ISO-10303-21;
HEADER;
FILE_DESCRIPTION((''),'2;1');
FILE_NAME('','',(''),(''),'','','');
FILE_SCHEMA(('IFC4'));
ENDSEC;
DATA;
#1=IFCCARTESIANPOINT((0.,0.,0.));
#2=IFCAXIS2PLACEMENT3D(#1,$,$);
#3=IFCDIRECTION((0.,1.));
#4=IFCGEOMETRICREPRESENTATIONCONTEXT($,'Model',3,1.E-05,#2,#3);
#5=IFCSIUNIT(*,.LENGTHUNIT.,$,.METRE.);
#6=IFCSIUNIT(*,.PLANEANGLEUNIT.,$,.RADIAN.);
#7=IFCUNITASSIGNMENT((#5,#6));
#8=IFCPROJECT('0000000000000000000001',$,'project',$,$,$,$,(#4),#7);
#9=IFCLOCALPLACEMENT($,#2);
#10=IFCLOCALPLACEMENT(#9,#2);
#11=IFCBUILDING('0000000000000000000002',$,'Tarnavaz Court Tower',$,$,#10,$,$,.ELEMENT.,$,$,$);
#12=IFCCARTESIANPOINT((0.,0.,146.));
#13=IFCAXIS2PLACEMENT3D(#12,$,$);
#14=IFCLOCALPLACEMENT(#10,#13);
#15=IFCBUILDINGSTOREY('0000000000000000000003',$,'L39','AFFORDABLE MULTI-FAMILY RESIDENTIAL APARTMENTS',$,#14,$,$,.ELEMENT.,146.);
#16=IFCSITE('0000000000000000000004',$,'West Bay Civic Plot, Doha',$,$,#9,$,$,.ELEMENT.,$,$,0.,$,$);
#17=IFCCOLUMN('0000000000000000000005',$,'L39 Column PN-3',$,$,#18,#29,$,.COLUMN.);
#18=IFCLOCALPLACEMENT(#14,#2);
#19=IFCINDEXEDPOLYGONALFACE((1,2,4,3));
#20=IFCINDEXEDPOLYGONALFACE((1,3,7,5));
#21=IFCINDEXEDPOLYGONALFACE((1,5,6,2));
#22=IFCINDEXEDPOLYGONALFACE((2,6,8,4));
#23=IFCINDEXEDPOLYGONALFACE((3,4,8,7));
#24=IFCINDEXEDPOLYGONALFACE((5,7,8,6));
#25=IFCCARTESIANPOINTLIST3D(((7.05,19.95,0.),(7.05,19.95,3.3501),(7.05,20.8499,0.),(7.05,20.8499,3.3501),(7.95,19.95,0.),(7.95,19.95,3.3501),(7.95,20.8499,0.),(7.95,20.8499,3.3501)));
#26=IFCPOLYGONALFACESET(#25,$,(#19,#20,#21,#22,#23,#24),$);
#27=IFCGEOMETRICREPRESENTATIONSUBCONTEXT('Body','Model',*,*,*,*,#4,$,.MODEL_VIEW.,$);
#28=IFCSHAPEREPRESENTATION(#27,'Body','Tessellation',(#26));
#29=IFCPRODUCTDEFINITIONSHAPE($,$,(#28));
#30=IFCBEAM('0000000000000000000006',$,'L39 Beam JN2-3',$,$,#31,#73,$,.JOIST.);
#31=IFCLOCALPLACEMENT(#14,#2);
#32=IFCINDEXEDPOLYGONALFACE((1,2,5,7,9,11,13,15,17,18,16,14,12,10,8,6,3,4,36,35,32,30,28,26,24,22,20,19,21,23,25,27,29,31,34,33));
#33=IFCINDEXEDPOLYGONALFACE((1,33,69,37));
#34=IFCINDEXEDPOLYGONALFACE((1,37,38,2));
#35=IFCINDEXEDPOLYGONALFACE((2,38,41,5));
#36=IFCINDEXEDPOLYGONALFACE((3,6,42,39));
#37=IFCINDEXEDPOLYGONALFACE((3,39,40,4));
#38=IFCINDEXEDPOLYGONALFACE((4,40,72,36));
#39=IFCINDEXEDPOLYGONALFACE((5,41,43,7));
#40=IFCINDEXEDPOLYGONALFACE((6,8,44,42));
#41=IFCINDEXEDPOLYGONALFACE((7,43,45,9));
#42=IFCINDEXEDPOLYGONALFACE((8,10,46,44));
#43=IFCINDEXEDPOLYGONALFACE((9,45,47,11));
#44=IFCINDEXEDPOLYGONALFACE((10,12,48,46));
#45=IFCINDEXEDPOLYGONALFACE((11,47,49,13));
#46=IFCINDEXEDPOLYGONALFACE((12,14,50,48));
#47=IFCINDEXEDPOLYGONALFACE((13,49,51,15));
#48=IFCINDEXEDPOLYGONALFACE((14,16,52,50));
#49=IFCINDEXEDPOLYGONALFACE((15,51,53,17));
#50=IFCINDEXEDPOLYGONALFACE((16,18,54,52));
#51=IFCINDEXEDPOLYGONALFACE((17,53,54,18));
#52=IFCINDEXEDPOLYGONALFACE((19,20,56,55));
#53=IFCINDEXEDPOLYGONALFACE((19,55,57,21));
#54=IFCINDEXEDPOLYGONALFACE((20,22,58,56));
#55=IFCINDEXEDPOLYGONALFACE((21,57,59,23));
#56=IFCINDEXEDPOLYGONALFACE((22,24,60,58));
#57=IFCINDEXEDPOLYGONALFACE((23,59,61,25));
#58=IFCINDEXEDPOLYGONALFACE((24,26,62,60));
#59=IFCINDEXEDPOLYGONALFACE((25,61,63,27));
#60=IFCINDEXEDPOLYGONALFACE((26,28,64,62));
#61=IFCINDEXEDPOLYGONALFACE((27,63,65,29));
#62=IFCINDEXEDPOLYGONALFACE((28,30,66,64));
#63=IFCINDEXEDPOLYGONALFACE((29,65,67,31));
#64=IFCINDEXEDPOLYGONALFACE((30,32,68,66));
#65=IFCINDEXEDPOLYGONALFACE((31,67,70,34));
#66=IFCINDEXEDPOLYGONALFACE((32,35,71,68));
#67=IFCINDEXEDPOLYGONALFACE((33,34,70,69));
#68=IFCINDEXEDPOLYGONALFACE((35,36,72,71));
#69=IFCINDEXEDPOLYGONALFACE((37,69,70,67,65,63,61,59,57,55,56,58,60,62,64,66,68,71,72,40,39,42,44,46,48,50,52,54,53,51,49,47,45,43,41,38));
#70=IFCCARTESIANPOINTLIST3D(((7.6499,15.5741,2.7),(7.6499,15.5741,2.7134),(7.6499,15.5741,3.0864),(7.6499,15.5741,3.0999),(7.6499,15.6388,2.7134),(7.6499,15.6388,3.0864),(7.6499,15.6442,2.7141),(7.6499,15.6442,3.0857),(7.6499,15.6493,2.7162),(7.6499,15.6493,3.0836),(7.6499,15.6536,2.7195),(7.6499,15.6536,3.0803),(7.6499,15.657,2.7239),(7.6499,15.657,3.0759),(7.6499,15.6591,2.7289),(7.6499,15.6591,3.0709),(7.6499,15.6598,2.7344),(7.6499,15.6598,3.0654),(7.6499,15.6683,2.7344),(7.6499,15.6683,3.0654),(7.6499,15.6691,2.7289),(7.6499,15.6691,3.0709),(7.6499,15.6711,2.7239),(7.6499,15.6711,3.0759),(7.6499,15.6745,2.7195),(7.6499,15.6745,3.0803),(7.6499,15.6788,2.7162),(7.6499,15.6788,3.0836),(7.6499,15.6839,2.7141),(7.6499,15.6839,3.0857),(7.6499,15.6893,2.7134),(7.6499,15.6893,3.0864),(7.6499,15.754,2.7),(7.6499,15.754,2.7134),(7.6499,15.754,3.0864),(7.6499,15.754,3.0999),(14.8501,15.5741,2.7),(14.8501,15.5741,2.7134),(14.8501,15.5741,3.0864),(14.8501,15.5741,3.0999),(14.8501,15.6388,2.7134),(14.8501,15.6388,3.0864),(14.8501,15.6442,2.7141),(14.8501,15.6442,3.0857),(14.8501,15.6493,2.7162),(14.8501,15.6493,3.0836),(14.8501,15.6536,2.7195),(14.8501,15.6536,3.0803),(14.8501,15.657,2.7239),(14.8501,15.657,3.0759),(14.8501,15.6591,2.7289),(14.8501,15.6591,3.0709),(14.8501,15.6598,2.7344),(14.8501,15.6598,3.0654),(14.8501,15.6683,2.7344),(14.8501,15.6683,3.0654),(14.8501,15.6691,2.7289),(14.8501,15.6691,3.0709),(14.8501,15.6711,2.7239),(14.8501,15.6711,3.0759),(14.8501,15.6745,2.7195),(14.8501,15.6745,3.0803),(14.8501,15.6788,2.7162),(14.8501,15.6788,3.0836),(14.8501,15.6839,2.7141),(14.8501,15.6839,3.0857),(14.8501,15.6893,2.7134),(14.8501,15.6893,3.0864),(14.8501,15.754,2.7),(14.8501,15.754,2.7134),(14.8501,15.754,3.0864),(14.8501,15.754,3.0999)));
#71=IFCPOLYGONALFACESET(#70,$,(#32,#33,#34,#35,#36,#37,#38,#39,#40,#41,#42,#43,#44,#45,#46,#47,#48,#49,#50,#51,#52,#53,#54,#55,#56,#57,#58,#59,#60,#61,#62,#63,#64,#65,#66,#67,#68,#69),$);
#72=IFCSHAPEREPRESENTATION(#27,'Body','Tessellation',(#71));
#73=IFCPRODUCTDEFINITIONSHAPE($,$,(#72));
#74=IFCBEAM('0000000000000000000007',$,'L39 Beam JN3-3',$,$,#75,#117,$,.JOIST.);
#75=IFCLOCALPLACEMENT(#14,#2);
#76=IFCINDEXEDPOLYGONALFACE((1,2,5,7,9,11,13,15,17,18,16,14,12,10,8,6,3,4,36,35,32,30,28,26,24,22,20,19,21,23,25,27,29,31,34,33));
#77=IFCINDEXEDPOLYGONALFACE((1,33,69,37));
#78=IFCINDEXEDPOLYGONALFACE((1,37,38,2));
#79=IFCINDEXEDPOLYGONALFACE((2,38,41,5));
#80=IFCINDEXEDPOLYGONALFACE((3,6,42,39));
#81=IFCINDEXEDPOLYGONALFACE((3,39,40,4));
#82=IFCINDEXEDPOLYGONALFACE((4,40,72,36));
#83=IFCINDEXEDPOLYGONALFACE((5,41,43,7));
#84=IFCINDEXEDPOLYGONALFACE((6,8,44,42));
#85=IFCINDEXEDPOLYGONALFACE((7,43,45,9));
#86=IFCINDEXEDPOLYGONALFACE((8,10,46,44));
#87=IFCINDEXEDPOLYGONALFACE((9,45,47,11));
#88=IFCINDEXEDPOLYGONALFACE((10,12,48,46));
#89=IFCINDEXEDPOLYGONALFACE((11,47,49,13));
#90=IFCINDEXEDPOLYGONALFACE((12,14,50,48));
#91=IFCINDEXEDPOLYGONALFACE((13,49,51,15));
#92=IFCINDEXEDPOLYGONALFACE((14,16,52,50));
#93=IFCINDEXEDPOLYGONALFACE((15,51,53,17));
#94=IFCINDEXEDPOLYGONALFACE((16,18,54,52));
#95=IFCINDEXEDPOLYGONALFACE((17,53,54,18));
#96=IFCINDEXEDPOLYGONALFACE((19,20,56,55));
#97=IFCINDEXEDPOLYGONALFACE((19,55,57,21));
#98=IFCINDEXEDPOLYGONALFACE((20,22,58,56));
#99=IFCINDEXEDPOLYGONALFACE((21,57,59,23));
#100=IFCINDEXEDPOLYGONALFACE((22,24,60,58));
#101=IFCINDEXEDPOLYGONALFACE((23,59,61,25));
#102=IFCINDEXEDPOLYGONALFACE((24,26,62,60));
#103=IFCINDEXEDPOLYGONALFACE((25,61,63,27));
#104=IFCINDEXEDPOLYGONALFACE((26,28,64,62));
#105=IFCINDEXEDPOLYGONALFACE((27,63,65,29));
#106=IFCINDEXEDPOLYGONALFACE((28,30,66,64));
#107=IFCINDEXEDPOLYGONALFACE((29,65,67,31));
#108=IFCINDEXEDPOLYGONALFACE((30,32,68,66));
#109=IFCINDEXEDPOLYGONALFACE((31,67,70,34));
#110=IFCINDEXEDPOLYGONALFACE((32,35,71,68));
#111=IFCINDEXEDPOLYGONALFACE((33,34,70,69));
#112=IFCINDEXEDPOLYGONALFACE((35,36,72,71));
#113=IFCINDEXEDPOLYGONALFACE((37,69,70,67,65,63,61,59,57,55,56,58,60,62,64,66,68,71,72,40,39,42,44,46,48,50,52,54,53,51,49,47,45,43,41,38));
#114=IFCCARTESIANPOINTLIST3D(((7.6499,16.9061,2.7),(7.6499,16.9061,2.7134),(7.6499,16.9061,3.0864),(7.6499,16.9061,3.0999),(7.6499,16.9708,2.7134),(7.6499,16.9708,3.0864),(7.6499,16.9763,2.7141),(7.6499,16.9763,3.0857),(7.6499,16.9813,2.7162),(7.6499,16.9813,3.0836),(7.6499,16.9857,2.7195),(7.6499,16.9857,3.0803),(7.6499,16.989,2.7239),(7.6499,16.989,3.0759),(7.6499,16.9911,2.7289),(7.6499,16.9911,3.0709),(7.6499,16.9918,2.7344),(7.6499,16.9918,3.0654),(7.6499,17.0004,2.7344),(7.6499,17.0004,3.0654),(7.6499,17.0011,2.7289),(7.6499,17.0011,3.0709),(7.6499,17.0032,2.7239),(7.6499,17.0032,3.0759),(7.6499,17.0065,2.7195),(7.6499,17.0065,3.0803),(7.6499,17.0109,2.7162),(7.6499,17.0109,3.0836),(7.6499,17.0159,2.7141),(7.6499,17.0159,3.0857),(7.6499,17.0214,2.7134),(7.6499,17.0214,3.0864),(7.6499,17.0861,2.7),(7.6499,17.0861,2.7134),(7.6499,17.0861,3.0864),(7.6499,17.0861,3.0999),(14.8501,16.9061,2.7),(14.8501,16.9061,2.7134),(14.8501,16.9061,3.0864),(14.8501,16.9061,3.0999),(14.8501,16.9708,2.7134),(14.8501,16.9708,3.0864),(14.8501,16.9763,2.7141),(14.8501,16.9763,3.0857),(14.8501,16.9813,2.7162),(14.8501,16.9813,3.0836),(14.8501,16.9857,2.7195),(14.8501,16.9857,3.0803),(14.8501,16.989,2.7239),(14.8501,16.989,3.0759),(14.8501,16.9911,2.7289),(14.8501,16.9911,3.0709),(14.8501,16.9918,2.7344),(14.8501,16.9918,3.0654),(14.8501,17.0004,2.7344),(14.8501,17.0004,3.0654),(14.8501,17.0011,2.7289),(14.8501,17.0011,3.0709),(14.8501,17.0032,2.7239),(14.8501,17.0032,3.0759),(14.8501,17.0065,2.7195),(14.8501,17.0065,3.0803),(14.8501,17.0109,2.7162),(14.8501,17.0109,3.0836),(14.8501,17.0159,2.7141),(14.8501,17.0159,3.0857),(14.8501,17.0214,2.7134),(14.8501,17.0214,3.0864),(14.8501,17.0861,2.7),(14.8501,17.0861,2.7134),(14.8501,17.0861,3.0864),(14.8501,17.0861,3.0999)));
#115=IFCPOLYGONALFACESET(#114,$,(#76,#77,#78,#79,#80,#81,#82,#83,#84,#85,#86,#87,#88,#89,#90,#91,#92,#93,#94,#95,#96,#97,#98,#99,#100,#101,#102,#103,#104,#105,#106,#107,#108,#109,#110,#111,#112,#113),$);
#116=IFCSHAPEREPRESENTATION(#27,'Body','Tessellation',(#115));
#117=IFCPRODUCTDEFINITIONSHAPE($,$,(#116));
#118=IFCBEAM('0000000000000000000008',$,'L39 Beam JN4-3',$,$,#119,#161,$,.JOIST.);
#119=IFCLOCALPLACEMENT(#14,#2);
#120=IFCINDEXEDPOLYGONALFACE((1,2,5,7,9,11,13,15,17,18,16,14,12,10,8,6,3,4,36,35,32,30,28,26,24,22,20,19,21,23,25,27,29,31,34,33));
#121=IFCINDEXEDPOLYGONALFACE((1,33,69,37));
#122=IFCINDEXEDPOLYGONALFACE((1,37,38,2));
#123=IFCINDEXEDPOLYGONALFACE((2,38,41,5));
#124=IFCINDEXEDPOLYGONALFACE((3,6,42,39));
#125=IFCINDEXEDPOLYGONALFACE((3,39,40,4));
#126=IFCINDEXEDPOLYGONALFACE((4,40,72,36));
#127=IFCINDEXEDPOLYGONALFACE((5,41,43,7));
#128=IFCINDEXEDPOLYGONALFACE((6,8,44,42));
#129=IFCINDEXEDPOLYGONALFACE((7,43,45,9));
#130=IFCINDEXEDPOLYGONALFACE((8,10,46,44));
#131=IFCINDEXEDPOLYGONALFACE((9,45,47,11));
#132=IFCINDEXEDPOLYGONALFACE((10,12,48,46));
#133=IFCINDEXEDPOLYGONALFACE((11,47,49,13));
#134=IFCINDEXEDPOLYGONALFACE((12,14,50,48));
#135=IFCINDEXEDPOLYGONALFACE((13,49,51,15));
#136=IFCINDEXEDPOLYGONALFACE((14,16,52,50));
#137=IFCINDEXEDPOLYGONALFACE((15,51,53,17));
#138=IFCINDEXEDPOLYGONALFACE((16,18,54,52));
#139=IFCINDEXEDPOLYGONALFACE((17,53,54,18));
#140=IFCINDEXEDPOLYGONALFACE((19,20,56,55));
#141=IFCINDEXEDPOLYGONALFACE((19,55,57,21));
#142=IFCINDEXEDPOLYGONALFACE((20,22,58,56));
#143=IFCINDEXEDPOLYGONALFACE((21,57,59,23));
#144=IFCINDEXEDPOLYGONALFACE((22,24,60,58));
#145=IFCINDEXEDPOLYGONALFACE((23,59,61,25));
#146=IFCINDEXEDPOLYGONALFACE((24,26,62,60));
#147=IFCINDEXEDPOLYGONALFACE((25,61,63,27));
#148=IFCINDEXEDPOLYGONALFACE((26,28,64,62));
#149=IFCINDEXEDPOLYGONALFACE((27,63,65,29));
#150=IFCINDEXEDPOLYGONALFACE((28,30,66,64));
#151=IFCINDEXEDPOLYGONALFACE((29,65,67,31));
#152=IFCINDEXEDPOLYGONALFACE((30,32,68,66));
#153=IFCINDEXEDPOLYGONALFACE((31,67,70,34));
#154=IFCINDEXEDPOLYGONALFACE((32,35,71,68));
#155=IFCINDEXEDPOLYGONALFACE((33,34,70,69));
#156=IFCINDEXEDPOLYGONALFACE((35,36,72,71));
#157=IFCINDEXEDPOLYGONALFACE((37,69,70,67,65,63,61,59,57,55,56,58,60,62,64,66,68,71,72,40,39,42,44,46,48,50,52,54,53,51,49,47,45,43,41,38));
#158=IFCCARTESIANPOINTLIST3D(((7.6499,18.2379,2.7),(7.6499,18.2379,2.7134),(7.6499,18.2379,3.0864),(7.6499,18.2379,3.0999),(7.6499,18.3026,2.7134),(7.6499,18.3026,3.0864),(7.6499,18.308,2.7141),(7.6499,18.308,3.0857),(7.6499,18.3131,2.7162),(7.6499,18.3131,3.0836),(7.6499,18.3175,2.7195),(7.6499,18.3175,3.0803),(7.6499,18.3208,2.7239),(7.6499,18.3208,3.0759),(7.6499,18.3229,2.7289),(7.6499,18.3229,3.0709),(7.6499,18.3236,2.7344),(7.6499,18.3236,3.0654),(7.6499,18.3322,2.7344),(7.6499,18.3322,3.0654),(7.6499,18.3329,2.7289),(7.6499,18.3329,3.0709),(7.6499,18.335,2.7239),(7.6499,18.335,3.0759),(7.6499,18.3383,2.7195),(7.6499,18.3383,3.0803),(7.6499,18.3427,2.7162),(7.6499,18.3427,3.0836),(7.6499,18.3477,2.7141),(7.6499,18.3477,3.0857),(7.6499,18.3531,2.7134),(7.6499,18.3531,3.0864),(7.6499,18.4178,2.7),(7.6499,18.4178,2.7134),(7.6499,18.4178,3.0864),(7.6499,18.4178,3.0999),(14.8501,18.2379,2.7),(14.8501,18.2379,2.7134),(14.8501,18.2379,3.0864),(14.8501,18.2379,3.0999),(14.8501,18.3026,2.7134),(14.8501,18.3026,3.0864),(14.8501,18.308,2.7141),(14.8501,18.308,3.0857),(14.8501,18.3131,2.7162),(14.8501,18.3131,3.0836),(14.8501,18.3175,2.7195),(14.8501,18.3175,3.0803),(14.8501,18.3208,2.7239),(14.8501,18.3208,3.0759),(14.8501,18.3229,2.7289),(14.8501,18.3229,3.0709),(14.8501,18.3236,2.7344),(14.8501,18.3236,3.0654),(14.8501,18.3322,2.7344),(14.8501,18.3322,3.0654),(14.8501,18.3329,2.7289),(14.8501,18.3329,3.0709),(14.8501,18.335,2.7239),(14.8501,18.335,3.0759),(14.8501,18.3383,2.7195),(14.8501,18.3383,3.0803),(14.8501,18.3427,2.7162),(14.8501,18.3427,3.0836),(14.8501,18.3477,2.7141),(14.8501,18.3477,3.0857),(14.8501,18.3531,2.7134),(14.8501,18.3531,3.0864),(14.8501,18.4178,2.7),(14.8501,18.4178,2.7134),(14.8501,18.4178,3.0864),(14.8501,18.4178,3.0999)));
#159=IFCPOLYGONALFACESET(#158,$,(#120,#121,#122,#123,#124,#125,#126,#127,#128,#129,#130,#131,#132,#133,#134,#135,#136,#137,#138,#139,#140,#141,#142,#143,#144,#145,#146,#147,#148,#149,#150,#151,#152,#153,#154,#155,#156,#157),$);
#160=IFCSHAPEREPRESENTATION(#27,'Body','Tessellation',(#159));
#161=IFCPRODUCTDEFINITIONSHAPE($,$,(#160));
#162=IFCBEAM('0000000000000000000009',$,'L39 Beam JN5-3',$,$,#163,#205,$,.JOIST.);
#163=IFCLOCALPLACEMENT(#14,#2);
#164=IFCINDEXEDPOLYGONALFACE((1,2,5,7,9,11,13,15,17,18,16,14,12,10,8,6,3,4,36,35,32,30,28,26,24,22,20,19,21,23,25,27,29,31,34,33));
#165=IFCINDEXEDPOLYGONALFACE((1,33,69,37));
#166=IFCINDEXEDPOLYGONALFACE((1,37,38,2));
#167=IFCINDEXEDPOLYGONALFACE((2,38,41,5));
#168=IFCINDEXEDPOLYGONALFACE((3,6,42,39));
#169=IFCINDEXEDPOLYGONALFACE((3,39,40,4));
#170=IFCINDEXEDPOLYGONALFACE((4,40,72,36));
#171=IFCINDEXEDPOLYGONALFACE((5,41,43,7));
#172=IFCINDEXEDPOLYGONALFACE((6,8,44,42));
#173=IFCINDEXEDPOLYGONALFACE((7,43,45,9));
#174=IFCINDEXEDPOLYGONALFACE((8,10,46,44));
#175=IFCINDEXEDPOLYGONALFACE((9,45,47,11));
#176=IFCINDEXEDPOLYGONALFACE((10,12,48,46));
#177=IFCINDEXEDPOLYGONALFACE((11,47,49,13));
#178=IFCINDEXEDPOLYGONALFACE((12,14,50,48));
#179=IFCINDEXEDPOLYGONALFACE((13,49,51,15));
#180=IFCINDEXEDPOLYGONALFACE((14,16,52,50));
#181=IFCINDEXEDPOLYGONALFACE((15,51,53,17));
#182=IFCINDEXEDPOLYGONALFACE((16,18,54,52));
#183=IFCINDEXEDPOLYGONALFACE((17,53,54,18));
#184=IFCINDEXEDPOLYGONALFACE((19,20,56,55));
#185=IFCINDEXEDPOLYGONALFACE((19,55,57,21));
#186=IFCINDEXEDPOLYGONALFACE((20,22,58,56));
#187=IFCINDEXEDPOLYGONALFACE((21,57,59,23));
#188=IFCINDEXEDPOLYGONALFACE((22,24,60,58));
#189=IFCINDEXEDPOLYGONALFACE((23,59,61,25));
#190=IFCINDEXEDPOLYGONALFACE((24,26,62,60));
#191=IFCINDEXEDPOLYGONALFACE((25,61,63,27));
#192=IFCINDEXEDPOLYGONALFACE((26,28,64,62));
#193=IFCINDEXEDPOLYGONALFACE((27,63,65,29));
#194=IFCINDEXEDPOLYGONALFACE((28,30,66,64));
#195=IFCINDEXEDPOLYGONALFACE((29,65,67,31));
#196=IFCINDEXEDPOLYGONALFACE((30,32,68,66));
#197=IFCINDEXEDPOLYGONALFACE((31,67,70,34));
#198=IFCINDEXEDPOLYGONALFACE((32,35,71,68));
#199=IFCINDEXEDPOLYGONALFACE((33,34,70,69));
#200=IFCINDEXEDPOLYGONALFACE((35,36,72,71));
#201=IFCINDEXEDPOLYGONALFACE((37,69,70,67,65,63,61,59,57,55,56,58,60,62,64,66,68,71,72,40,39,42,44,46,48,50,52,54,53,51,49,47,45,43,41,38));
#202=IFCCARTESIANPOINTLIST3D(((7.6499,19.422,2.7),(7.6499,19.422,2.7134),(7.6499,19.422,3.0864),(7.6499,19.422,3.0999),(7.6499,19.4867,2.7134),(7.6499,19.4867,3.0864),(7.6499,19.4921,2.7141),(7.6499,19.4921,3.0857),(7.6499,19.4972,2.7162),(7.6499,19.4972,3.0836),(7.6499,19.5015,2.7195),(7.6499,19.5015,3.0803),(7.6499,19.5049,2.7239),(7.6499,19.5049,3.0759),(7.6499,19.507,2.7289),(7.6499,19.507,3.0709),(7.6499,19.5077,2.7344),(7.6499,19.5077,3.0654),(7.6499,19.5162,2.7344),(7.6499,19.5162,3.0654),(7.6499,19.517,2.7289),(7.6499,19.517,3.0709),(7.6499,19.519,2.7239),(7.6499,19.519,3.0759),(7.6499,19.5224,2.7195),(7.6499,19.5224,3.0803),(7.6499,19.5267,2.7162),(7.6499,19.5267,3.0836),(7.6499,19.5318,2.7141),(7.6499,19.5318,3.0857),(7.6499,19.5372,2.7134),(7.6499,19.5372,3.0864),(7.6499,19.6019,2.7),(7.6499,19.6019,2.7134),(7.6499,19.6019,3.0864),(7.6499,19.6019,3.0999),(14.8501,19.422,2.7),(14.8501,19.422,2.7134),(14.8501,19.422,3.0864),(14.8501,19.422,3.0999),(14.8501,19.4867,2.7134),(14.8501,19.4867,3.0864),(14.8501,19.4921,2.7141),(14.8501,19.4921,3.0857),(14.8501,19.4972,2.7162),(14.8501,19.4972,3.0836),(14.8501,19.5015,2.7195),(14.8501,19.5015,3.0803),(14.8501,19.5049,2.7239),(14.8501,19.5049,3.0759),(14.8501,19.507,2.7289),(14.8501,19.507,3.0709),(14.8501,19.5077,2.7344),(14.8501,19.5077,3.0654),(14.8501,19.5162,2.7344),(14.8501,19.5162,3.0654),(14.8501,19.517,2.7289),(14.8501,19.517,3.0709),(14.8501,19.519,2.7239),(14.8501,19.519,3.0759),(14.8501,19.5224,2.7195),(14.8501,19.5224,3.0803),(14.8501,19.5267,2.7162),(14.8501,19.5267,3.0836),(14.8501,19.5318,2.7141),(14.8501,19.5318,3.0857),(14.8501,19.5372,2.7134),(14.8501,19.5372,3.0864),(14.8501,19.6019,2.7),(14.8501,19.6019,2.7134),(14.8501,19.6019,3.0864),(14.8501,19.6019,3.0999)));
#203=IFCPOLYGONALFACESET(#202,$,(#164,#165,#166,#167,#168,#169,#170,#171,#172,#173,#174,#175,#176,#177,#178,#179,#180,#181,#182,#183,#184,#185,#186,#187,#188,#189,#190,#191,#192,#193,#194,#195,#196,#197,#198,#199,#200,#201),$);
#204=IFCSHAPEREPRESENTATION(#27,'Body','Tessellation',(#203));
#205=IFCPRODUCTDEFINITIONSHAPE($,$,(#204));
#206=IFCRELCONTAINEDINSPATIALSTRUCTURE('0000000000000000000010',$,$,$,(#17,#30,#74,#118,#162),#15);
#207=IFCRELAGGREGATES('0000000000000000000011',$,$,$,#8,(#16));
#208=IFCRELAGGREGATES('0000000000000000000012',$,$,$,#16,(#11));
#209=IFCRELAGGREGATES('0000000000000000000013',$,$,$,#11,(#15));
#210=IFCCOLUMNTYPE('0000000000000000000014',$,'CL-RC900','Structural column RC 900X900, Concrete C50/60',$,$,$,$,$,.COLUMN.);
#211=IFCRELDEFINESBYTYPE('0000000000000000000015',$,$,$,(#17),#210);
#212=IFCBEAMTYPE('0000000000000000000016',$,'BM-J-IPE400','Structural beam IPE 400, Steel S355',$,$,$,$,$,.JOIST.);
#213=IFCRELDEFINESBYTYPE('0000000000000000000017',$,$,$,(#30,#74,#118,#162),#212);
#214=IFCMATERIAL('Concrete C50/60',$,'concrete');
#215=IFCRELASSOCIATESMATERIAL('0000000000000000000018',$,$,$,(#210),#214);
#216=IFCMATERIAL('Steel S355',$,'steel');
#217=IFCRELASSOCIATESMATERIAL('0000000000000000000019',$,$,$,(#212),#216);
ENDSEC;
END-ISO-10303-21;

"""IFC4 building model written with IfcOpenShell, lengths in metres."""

from ifc_helpers import new_model, si_unit, direction, frame, origin, origin_2d, place, context, subcontext, project, spatial, rectangle, i_section, extrude, material, material_profile, profile_set, type_object, element, save


model = new_model("IFC4")

# Units and contexts
model_context = context("Model", 3, precision=1e-05, world=origin(), true_north=direction((0.0, 1.0)))
body_context = subcontext(model_context, "Body", "Model", "MODEL_VIEW")
ifc_project = project(units=[si_unit("LENGTHUNIT", "METRE"), si_unit("PLANEANGLEUNIT", "RADIAN")], contexts=[model_context])

# Site, building, storey
site_placement = place(None, origin())
site = spatial("IfcSite", under=ifc_project, at=site_placement, Name="West Bay Civic Plot, Doha", CompositionType="ELEMENT", RefElevation=0.0)
building_placement = place(site_placement, origin())
building = spatial("IfcBuilding", under=site, at=building_placement, Name="Tarnavaz Court Tower", CompositionType="ELEMENT")
storey_placement = place(building_placement, frame((0.0, 0.0, 146.0)))
storey = spatial("IfcBuildingStorey", under=building, at=storey_placement, Name="L39", Description="AFFORDABLE MULTI-FAMILY RESIDENTIAL APARTMENTS", CompositionType="ELEMENT", Elevation=146.0)

# Column
ifc_material_1 = material(Name="Concrete C50/60", Category="concrete")
ifc_material_profile_1 = material_profile(ifc_material_1, rectangle(XDim=0.8999, YDim=0.8999, at=origin_2d()), Name="RC 900X900")
ifc_profile_set_1 = profile_set([ifc_material_profile_1], Name="Concrete C50/60")
column_type = type_object("IfcColumnType", Name="CL-RC900", Description="Structural column RC 900X900, Concrete C50/60", PredefinedType="COLUMN", material=ifc_profile_set_1)
column_placement = place(storey_placement, frame((7.5, 20.3999, 0.0), z_axis=(0.0, 0.0, 1.0), x_axis=(1.0, 0.0, 0.0)))
element("IfcColumn", 1, at=column_placement, inside=storey, type_object=column_type, Name="L39 Column PN-3", PredefinedType="COLUMN", context=body_context, shape_type="SweptSolid", body=[
    extrude(rectangle(XDim=0.8999, YDim=0.8999, at=origin_2d()), origin(), (0.0, 0.0, 1.0), 3.3501),
])

# Beams
ifc_material_2 = material(Name="Steel S355", Category="steel")
ifc_material_profile_2 = material_profile(ifc_material_2, i_section(OverallWidth=0.1799, OverallDepth=0.3999, WebThickness=0.0085, FlangeThickness=0.0134, FilletRadius=0.021, at=origin_2d()), Name="IPE 400")
ifc_profile_set_2 = profile_set([ifc_material_profile_2], Name="Steel S355")
beam_type_1 = type_object("IfcBeamType", Name="BM-J-IPE400", Description="Structural beam IPE 400, Steel S355", PredefinedType="JOIST", material=ifc_profile_set_2)
for number, where, z_axis, x_axis, name in (
    (2, (7.6499, 15.6641, 2.8999), (1.0, 0.0, 0.0), (0.0, 1.0, 0.0), "L39 Beam JN2-3"),
    (3, (7.6499, 16.9961, 2.8999), (1.0, 0.0, 0.0), (0.0, 1.0, 0.0), "L39 Beam JN3-3"),
    (4, (7.6499, 18.3279, 2.8999), (1.0, 0.0, 0.0), (0.0, 1.0, 0.0), "L39 Beam JN4-3"),
    (5, (7.6499, 19.512, 2.8999), (1.0, 0.0, 0.0), (0.0, 1.0, 0.0), "L39 Beam JN5-3"),
):
    element("IfcBeam", number, at=place(storey_placement, frame(where, z_axis=z_axis, x_axis=x_axis)), inside=storey, type_object=beam_type_1, Name=name, PredefinedType="JOIST", context=body_context, shape_type="SweptSolid", body=[
        extrude(i_section(OverallWidth=0.1799, OverallDepth=0.3999, WebThickness=0.0085, FlangeThickness=0.0134, FilletRadius=0.021, at=origin_2d()), origin(), (0.0, 0.0, 1.0), 7.2002),
    ])

save(model, "model.ifc")
